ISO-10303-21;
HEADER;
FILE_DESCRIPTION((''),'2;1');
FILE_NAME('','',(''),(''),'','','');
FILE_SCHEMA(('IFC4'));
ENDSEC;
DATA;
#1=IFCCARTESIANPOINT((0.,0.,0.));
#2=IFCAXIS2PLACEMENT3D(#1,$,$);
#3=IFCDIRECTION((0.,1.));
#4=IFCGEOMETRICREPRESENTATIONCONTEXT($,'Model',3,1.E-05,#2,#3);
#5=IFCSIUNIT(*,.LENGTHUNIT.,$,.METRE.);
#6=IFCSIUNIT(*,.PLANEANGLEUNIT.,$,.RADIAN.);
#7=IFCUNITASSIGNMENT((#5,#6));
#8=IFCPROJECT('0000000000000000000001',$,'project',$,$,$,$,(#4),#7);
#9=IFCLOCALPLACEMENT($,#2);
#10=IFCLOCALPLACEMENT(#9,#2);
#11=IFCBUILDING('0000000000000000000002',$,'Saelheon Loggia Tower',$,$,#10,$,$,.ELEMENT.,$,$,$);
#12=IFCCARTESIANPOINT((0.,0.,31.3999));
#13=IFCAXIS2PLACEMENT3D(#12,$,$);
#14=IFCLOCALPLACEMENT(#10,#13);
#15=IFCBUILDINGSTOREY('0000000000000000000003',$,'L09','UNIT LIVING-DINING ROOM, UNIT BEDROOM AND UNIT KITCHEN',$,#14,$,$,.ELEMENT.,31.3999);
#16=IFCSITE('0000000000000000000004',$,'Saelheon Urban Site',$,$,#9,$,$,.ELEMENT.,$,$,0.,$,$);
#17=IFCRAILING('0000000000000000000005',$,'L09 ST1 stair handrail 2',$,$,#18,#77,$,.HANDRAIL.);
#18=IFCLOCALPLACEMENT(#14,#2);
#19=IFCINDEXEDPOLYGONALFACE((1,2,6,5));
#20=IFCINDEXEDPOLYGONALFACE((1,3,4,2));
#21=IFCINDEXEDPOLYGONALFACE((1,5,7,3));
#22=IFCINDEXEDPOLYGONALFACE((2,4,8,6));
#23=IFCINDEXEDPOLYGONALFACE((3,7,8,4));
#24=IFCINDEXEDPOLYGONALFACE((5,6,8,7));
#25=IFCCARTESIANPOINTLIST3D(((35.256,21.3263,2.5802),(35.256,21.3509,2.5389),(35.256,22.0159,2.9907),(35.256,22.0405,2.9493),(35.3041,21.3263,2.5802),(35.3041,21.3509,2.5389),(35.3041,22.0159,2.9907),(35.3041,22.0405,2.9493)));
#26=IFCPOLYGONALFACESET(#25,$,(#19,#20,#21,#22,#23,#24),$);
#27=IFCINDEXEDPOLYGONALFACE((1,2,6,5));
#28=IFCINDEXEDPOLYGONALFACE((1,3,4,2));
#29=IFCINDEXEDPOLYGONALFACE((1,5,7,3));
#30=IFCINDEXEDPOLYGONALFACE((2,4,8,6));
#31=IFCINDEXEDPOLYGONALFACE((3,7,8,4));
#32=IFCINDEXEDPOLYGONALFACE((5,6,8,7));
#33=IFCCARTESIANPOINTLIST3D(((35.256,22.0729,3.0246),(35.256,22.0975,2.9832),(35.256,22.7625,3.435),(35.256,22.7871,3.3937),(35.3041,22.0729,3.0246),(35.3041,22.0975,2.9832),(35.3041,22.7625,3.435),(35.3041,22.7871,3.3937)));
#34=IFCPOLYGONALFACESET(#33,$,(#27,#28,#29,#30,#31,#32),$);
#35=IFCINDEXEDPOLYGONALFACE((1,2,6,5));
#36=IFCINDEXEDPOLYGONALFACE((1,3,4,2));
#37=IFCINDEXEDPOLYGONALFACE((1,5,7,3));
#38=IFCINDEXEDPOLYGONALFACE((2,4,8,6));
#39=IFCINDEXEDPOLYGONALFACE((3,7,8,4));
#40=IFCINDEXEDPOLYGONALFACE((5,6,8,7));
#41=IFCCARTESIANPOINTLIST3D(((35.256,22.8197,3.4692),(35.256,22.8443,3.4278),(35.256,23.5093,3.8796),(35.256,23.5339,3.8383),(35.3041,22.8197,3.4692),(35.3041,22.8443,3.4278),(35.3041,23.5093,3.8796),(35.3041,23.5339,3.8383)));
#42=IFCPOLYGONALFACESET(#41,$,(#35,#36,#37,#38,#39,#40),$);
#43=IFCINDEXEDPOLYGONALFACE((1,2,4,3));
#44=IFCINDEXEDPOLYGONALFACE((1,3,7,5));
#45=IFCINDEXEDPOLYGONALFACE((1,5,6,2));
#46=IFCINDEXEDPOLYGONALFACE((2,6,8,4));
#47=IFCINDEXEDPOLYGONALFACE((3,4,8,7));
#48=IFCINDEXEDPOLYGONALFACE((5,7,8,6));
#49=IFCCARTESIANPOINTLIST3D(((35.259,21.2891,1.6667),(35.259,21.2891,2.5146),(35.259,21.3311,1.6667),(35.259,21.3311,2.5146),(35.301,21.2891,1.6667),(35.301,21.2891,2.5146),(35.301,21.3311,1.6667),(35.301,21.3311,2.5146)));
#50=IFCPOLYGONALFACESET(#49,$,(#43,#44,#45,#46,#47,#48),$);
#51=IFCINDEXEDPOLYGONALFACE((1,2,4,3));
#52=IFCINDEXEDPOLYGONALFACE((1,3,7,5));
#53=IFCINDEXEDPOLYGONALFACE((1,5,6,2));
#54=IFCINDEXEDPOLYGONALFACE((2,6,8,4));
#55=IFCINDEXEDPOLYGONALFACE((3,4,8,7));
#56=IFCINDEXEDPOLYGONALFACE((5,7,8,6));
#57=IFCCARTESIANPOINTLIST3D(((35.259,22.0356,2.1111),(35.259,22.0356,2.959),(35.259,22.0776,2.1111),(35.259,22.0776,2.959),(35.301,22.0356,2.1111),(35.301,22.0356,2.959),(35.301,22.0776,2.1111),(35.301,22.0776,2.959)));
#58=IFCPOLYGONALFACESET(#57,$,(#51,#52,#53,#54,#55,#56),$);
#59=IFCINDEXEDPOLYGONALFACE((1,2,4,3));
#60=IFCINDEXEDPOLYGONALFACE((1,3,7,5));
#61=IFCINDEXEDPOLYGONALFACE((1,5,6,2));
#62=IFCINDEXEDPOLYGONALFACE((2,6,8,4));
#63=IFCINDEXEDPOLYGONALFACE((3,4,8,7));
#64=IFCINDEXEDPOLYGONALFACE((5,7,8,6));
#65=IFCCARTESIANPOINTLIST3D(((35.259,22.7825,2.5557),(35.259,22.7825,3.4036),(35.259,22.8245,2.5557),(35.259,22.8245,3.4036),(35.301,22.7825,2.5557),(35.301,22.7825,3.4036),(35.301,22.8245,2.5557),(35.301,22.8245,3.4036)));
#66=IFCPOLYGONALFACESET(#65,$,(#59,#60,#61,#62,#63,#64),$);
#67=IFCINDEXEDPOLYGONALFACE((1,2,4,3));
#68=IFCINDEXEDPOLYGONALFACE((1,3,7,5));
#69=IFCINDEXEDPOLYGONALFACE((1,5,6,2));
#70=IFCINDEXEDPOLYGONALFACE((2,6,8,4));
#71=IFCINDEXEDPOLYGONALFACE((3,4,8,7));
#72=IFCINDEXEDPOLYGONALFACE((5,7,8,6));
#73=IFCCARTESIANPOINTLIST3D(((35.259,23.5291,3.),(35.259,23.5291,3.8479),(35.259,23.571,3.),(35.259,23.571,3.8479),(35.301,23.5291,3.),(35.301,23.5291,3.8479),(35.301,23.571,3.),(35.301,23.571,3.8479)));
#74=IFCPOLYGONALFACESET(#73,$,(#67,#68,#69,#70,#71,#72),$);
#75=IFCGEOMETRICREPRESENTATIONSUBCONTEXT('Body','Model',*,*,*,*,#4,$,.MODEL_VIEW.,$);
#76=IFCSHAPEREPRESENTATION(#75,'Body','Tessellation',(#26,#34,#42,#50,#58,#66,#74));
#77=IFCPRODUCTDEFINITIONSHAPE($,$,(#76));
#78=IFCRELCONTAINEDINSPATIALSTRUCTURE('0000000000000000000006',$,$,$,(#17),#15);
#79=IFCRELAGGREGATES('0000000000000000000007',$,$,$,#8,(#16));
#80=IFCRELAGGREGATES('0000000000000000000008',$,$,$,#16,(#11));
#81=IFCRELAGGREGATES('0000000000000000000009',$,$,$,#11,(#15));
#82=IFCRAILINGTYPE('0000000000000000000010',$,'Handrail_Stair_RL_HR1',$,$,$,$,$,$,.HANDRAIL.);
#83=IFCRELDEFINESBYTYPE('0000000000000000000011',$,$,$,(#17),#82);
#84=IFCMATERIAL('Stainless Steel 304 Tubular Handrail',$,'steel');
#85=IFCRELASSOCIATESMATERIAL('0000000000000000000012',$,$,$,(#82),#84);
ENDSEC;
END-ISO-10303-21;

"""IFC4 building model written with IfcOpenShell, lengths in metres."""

from ifc_helpers import new_model, si_unit, direction, frame, origin, origin_2d, place, context, subcontext, project, spatial, rectangle, extrude, material, type_object, element, save


model = new_model("IFC4")

# Units and contexts
model_context = context("Model", 3, precision=1e-05, world=origin(), true_north=direction((0.0, 1.0)))
body_context = subcontext(model_context, "Body", "Model", "MODEL_VIEW")
ifc_project = project(units=[si_unit("LENGTHUNIT", "METRE"), si_unit("PLANEANGLEUNIT", "RADIAN")], contexts=[model_context])

# Site, building, storey
site_placement = place(None, origin())
site = spatial("IfcSite", under=ifc_project, at=site_placement, Name="Saelheon Urban Site", CompositionType="ELEMENT", RefElevation=0.0)
building_placement = place(site_placement, origin())
building = spatial("IfcBuilding", under=site, at=building_placement, Name="Saelheon Loggia Tower", CompositionType="ELEMENT")
storey_placement = place(building_placement, frame((0.0, 0.0, 31.3999)))
storey = spatial("IfcBuildingStorey", under=building, at=storey_placement, Name="L09", Description="UNIT LIVING-DINING ROOM, UNIT BEDROOM AND UNIT KITCHEN", CompositionType="ELEMENT", Elevation=31.3999)

# Railing
ifc_material_1 = material(Name="Stainless Steel 304 Tubular Handrail", Category="steel")
railing_type_1 = type_object("IfcRailingType", Name="Handrail_Stair_RL_HR1", PredefinedType="HANDRAIL", material=ifc_material_1)
railing_1_placement = place(storey_placement, frame((35.28, 21.3101, 1.6667)))
element("IfcRailing", 1, at=railing_1_placement, inside=storey, type_object=railing_type_1, Name="L09 ST1 stair handrail 2", PredefinedType="HANDRAIL", context=body_context, shape_type="SweptSolid", body=[
    extrude(rectangle(XDim=0.0481, YDim=0.0481, at=origin_2d()), frame((0.0, 0.0286, 0.8928), z_axis=(0.0, 0.859306, 0.511462), x_axis=(-1.0, 0.0, 0.0)), (0.0, 0.0, 1.0), 0.8025),
    extrude(rectangle(XDim=0.0481, YDim=0.0481, at=origin_2d()), frame((0.0, 0.7751, 1.3372), z_axis=(0.0, 0.859306, 0.511462), x_axis=(-1.0, 0.0, 0.0)), (0.0, 0.0, 1.0), 0.8025),
    extrude(rectangle(XDim=0.0481, YDim=0.0481, at=origin_2d()), frame((0.0, 1.522, 1.7817), z_axis=(0.0, 0.859306, 0.511462), x_axis=(-1.0, 0.0, 0.0)), (0.0, 0.0, 1.0), 0.8025),
    extrude(rectangle(XDim=0.042, YDim=0.042, at=origin_2d()), origin(), (0.0, 0.0, 1.0), 0.8479),
    extrude(rectangle(XDim=0.042, YDim=0.042, at=origin_2d()), frame((0.0, 0.7466, 0.4443)), (0.0, 0.0, 1.0), 0.8479),
    extrude(rectangle(XDim=0.042, YDim=0.042, at=origin_2d()), frame((0.0, 1.4934, 0.8889)), (0.0, 0.0, 1.0), 0.8479),
    extrude(rectangle(XDim=0.042, YDim=0.042, at=origin_2d()), frame((0.0, 2.24, 1.3333)), (0.0, 0.0, 1.0), 0.8479),
])

save(model, "model.ifc")
